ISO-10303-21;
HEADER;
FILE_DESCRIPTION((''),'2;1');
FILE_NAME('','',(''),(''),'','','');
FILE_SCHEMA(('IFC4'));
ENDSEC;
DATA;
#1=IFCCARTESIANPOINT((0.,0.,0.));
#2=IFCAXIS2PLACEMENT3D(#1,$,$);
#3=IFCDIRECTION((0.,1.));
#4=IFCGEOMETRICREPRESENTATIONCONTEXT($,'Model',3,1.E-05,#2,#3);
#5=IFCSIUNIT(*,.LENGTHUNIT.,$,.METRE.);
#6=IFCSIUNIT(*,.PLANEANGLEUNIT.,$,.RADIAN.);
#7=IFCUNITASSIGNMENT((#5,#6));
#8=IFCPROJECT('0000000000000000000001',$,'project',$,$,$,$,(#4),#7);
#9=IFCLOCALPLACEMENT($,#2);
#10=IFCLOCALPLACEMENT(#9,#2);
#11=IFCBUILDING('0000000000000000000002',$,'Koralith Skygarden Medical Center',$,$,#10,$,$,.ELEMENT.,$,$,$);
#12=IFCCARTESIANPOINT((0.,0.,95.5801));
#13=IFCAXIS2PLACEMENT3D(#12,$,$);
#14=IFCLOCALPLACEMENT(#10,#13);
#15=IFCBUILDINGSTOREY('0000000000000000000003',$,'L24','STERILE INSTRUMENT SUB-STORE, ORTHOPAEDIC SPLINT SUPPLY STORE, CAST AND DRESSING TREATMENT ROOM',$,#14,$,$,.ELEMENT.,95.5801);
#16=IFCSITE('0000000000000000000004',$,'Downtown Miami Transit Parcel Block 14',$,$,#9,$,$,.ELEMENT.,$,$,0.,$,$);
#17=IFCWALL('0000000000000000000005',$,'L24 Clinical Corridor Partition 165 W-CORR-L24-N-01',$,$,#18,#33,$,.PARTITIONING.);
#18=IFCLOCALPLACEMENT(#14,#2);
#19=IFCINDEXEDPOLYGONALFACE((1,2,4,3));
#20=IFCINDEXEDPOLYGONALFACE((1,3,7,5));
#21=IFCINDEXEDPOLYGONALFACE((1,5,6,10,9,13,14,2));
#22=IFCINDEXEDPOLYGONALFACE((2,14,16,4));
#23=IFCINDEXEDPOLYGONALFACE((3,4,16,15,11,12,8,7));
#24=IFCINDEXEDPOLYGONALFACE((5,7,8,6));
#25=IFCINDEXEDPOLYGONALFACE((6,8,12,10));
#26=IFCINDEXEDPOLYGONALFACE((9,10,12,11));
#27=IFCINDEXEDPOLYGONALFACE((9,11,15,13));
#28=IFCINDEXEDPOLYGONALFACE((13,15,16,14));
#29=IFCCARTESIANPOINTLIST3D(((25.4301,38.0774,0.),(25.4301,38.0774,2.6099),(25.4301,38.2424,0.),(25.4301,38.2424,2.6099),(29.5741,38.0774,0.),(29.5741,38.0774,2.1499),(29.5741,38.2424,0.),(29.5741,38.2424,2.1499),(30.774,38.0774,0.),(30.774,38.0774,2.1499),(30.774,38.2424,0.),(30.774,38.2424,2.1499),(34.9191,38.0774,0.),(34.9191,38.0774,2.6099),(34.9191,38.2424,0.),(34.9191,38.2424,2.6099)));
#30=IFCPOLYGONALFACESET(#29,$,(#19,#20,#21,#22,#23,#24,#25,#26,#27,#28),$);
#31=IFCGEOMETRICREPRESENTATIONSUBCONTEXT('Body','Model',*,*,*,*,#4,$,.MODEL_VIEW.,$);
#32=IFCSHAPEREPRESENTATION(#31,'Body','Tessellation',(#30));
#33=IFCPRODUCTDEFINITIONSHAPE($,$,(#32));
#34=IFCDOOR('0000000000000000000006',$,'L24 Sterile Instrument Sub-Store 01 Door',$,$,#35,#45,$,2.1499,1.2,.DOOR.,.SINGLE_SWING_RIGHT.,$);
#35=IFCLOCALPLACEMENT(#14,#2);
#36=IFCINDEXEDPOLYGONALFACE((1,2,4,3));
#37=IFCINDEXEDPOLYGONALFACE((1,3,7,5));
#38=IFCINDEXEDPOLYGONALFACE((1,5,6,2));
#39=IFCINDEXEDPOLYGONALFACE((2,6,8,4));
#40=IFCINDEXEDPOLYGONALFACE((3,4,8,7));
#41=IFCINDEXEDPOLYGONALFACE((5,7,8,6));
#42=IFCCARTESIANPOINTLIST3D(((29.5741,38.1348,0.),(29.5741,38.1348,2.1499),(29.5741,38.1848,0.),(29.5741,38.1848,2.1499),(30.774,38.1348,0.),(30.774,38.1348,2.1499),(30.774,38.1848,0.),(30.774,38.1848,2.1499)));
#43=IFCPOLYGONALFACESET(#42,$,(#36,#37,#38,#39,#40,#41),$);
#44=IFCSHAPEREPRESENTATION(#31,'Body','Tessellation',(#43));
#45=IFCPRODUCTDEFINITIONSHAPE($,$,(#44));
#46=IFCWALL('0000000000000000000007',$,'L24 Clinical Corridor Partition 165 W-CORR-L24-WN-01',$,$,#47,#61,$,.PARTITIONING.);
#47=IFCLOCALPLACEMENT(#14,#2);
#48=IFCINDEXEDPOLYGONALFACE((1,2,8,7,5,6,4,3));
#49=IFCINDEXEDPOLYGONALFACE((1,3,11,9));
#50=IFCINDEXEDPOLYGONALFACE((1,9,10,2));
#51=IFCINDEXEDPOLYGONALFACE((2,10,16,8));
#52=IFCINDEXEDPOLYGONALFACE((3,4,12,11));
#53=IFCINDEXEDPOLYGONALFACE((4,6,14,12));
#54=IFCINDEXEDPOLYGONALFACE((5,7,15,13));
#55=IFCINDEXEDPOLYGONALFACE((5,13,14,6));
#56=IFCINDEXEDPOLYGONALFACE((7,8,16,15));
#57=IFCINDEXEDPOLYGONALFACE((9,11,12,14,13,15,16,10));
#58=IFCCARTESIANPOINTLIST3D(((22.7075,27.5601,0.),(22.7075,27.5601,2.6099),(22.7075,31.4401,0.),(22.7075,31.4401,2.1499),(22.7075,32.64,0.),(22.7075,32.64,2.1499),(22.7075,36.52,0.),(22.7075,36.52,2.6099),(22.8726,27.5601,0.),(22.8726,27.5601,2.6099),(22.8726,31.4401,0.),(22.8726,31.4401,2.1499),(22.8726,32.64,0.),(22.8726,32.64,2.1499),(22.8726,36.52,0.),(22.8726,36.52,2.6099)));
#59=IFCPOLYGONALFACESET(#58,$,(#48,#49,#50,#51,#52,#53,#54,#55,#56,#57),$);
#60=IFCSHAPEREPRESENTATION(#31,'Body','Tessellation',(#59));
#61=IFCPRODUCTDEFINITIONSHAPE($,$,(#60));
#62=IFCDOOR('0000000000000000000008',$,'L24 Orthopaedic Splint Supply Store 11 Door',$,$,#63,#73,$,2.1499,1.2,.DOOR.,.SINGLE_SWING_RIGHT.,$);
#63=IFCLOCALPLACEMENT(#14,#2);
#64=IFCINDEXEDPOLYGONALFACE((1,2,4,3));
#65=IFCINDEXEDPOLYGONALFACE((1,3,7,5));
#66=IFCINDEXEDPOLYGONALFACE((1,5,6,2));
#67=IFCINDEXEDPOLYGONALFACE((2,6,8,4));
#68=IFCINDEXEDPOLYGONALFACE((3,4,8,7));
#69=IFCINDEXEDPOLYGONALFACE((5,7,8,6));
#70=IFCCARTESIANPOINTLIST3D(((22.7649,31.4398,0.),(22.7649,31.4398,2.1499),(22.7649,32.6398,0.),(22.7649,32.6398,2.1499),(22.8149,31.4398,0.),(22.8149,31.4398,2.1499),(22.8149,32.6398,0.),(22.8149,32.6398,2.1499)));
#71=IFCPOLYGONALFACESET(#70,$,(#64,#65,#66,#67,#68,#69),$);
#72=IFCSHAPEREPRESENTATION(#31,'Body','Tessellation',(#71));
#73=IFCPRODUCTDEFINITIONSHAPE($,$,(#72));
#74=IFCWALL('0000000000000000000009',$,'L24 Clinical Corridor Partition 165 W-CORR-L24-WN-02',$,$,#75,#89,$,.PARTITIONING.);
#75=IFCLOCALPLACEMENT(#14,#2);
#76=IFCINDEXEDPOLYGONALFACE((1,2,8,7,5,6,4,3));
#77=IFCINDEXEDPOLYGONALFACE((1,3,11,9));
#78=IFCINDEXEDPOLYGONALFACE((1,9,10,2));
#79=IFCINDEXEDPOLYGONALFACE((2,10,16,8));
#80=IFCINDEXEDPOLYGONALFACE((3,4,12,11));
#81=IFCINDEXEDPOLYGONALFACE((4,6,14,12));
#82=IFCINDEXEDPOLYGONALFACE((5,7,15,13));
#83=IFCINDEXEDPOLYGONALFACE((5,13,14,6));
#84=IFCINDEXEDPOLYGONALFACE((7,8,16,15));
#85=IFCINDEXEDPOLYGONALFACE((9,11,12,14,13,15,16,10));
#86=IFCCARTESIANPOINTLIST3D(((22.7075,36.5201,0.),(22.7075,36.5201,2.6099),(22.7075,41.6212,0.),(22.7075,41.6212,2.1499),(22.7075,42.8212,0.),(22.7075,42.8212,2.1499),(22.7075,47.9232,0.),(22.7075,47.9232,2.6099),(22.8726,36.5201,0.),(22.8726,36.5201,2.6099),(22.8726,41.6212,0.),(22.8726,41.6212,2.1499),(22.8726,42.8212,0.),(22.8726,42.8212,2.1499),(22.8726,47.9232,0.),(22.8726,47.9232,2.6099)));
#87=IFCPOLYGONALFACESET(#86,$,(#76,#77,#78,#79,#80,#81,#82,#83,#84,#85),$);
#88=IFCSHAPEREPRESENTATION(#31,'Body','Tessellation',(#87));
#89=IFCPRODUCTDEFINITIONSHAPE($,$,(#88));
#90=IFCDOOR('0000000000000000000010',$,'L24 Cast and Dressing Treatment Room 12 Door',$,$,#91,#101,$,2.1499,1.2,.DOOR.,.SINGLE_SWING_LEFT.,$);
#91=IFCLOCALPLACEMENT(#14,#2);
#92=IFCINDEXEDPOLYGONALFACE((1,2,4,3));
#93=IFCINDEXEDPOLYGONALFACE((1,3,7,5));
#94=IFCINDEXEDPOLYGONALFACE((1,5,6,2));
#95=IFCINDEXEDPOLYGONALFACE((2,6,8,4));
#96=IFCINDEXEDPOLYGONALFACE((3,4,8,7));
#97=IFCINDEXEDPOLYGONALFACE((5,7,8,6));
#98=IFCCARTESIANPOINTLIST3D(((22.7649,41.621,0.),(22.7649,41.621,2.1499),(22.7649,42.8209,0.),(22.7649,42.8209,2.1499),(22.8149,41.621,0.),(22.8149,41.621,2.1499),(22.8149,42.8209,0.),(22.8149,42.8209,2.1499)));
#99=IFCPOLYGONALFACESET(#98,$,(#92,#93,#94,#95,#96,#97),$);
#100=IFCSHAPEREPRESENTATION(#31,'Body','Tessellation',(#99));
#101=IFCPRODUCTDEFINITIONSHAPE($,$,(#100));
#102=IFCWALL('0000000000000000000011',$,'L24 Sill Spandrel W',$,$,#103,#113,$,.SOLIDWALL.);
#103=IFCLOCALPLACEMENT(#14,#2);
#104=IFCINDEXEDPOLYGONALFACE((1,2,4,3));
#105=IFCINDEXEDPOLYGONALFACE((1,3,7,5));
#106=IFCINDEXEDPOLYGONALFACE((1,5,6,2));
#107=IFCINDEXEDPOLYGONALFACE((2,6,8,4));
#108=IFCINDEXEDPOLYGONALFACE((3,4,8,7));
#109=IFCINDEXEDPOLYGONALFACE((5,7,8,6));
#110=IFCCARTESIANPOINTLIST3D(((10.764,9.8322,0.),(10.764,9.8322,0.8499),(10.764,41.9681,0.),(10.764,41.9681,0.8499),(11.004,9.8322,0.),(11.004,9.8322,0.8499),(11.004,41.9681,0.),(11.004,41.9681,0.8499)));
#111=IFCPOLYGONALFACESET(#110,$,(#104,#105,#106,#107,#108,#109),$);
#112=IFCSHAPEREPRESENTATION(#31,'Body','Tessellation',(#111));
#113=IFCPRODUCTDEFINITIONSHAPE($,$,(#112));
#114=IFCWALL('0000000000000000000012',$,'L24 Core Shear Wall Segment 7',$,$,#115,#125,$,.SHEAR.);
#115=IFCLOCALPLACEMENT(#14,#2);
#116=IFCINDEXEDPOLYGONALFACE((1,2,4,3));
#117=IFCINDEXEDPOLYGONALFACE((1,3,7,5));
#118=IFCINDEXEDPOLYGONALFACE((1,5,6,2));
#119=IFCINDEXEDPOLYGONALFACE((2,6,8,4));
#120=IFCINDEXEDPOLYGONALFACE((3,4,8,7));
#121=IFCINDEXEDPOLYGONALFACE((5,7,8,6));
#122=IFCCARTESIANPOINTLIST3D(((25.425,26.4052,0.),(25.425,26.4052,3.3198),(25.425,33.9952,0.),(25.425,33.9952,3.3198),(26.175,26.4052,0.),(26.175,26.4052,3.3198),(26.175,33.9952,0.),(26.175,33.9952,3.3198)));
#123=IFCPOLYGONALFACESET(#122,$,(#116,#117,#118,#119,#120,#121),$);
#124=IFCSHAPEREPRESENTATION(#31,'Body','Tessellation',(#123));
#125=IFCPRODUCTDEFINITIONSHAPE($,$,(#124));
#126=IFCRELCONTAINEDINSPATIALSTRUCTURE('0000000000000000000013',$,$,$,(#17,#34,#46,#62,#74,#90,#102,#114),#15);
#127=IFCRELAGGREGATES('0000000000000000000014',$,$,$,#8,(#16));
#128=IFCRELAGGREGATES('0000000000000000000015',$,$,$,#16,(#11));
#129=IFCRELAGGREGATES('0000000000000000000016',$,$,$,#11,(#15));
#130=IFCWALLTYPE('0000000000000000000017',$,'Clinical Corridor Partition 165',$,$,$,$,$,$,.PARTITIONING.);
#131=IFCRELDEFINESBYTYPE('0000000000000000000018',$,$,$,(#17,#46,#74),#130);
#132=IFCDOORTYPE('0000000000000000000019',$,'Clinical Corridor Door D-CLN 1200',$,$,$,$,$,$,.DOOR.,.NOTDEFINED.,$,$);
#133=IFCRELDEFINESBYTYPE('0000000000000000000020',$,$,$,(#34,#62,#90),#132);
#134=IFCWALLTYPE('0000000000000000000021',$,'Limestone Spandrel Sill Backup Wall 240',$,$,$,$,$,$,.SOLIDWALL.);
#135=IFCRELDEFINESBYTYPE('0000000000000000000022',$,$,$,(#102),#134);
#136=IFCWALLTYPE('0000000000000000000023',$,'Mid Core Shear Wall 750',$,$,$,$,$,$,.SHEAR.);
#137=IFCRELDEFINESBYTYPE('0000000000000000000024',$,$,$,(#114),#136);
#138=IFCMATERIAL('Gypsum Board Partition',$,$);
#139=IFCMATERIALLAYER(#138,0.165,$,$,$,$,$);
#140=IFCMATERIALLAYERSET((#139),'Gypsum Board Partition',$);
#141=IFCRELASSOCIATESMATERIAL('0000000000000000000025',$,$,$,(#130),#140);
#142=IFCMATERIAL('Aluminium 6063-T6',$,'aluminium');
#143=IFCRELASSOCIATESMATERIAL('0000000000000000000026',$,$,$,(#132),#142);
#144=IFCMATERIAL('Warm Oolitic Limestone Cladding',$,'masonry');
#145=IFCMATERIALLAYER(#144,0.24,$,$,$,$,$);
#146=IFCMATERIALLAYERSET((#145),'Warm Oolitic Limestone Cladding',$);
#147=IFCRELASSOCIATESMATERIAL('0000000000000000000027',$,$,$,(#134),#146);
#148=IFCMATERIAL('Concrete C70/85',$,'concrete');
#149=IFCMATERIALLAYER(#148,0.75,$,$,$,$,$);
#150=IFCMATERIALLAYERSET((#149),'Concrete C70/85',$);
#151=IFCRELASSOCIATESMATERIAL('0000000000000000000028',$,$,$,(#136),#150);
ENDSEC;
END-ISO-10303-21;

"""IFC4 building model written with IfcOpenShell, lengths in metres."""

from ifc_helpers import new_model, si_unit, direction, frame, frame_2d, origin, place, context, subcontext, project, spatial, rectangle, extrude, material, layer, layer_set, type_object, element, fill, save


model = new_model("IFC4")

# Units and contexts
model_context = context("Model", 3, precision=1e-05, world=origin(), true_north=direction((0.0, 1.0)))
body_context = subcontext(model_context, "Body", "Model", "MODEL_VIEW")
ifc_project = project(units=[si_unit("LENGTHUNIT", "METRE"), si_unit("PLANEANGLEUNIT", "RADIAN")], contexts=[model_context])

# Site, building, storey
site_placement = place(None, origin())
site = spatial("IfcSite", under=ifc_project, at=site_placement, Name="Downtown Miami Transit Parcel Block 14", CompositionType="ELEMENT", RefElevation=0.0)
building_placement = place(site_placement, origin())
building = spatial("IfcBuilding", under=site, at=building_placement, Name="Koralith Skygarden Medical Center", CompositionType="ELEMENT")
storey_placement = place(building_placement, frame((0.0, 0.0, 95.5801)))
storey = spatial("IfcBuildingStorey", under=building, at=storey_placement, Name="L24", Description="STERILE INSTRUMENT SUB-STORE, ORTHOPAEDIC SPLINT SUPPLY STORE, CAST AND DRESSING TREATMENT ROOM", CompositionType="ELEMENT", Elevation=95.5801)

# Shared definitions
ifc_material_1 = material(Name="Concrete C70/85", Category="concrete")

# Shared definitions
ifc_material_2 = material(Name="Aluminium 6063-T6", Category="aluminium")

# Shared definitions
ifc_material_3 = material(Name="Gypsum Board Partition")
ifc_layer_1 = layer(ifc_material_3, 0.165)
ifc_layer_set_1 = layer_set([ifc_layer_1], Name="Gypsum Board Partition")
wall_type_1 = type_object("IfcWallType", Name="Clinical Corridor Partition 165", PredefinedType="PARTITIONING", material=ifc_layer_set_1)

# Walls, openings, doors
wall_1_placement = place(storey_placement, frame((25.4299, 38.1599, 0.0), z_axis=(0.0, 0.0, 1.0), x_axis=(1.0, 0.0, 0.0)))
wall_1 = element("IfcWall", 1, at=wall_1_placement, inside=storey, type_object=wall_type_1, Name="L24 Clinical Corridor Partition 165 W-CORR-L24-N-01", PredefinedType="PARTITIONING", context=body_context, shape_type="SweptSolid", body=[
    extrude(rectangle(XDim=9.489, YDim=0.165, at=frame_2d((4.7446, 0.0))), origin(), (0.0, 0.0, 1.0), 2.6099),
])
opening_1_placement = place(wall_1_placement, frame((4.144, 0.0, 0.0)))
opening_1 = element("IfcOpeningElement", 2, at=opening_1_placement, cuts=wall_1, PredefinedType="OPENING", context=body_context, shape_type="SweptSolid", body=[
    extrude(rectangle(XDim=1.2, YDim=2.1499, at=frame_2d((0.6001, 1.075))), frame((0.0, 0.0925, 0.0), z_axis=(0.0, -1.0, 0.0), x_axis=(1.0, 0.0, 0.0)), (0.0, 0.0, 1.0), 0.1851),
])
door_type = type_object("IfcDoorType", Name="Clinical Corridor Door D-CLN 1200", OperationType="NOTDEFINED", PredefinedType="DOOR", material=ifc_material_2)
door_1_placement = place(opening_1_placement, origin())
door_1 = element("IfcDoor", 3, at=door_1_placement, inside=storey, type_object=door_type, Name="L24 Sterile Instrument Sub-Store 01 Door", OperationType="SINGLE_SWING_RIGHT", OverallHeight=2.1499, OverallWidth=1.2, PredefinedType="DOOR", context=body_context, shape_type="SweptSolid", body=[
    extrude(rectangle(XDim=1.2, YDim=2.1499, at=frame_2d((0.6001, 1.075))), frame((0.0, 0.0249, 0.0), z_axis=(0.0, -1.0, 0.0), x_axis=(1.0, 0.0, 0.0)), (0.0, 0.0, 1.0), 0.05),
])
fill(opening_1, door_1)
wall_2_placement = place(storey_placement, frame((22.79, 27.5601, 0.0), z_axis=(0.0, 0.0, 1.0), x_axis=(0.0, 1.0, 0.0)))
wall_2 = element("IfcWall", 4, at=wall_2_placement, inside=storey, type_object=wall_type_1, Name="L24 Clinical Corridor Partition 165 W-CORR-L24-WN-01", PredefinedType="PARTITIONING", context=body_context, shape_type="SweptSolid", body=[
    extrude(rectangle(XDim=8.96, YDim=0.165, at=frame_2d((4.48, 0.0))), origin(), (0.0, 0.0, 1.0), 2.6099),
])
opening_2_placement = place(wall_2_placement, frame((3.8799, 0.0, 0.0)))
opening_2 = element("IfcOpeningElement", 5, at=opening_2_placement, cuts=wall_2, PredefinedType="OPENING", context=body_context, shape_type="SweptSolid", body=[
    extrude(rectangle(XDim=1.2, YDim=2.1499, at=frame_2d((0.6001, 1.075))), frame((0.0, 0.0925, 0.0), z_axis=(0.0, -1.0, 0.0), x_axis=(1.0, 0.0, 0.0)), (0.0, 0.0, 1.0), 0.1851),
])
door_2_placement = place(opening_2_placement, frame((1.2, 0.0, 0.0), z_axis=(0.0, 0.0, 1.0), x_axis=(-1.0, 0.0, 0.0)))
door_2 = element("IfcDoor", 6, at=door_2_placement, inside=storey, type_object=door_type, Name="L24 Orthopaedic Splint Supply Store 11 Door", OperationType="SINGLE_SWING_RIGHT", OverallHeight=2.1499, OverallWidth=1.2, PredefinedType="DOOR", context=body_context, shape_type="SweptSolid", body=[
    extrude(rectangle(XDim=1.2, YDim=2.1499, at=frame_2d((0.6001, 1.075))), frame((0.0, 0.0249, 0.0), z_axis=(0.0, -1.0, 0.0), x_axis=(1.0, 0.0, 0.0)), (0.0, 0.0, 1.0), 0.05),
])
fill(opening_2, door_2)
wall_3_placement = place(storey_placement, frame((22.79, 36.52, 0.0), z_axis=(0.0, 0.0, 1.0), x_axis=(0.0, 1.0, 0.0)))
wall_3 = element("IfcWall", 7, at=wall_3_placement, inside=storey, type_object=wall_type_1, Name="L24 Clinical Corridor Partition 165 W-CORR-L24-WN-02", PredefinedType="PARTITIONING", context=body_context, shape_type="SweptSolid", body=[
    extrude(rectangle(XDim=11.4031, YDim=0.165, at=frame_2d((5.7017, 0.0))), origin(), (0.0, 0.0, 1.0), 2.6099),
])
opening_3_placement = place(wall_3_placement, frame((5.1011, 0.0, 0.0)))
opening_3 = element("IfcOpeningElement", 8, at=opening_3_placement, cuts=wall_3, PredefinedType="OPENING", context=body_context, shape_type="SweptSolid", body=[
    extrude(rectangle(XDim=1.2, YDim=2.1499, at=frame_2d((0.6001, 1.075))), frame((0.0, 0.0925, 0.0), z_axis=(0.0, -1.0, 0.0), x_axis=(1.0, 0.0, 0.0)), (0.0, 0.0, 1.0), 0.1851),
])
door_3_placement = place(opening_3_placement, frame((1.2, 0.0, 0.0), z_axis=(0.0, 0.0, 1.0), x_axis=(-1.0, 0.0, 0.0)))
door_3 = element("IfcDoor", 9, at=door_3_placement, inside=storey, type_object=door_type, Name="L24 Cast and Dressing Treatment Room 12 Door", OperationType="SINGLE_SWING_LEFT", OverallHeight=2.1499, OverallWidth=1.2, PredefinedType="DOOR", context=body_context, shape_type="SweptSolid", body=[
    extrude(rectangle(XDim=1.2, YDim=2.1499, at=frame_2d((0.6001, 1.075))), frame((0.0, 0.0249, 0.0), z_axis=(0.0, -1.0, 0.0), x_axis=(1.0, 0.0, 0.0)), (0.0, 0.0, 1.0), 0.05),
])
fill(opening_3, door_3)

# Walls
ifc_material_4 = material(Name="Warm Oolitic Limestone Cladding", Category="masonry")
ifc_layer_2 = layer(ifc_material_4, 0.24)
ifc_layer_set_2 = layer_set([ifc_layer_2], Name="Warm Oolitic Limestone Cladding")
wall_type_2 = type_object("IfcWallType", Name="Limestone Spandrel Sill Backup Wall 240", PredefinedType="SOLIDWALL", material=ifc_layer_set_2)
wall_4_placement = place(storey_placement, frame((10.884, 41.968, 0.0), z_axis=(0.0, 0.0, 1.0), x_axis=(0.0, -1.0, 0.0)))
element("IfcWall", 10, at=wall_4_placement, inside=storey, type_object=wall_type_2, Name="L24 Sill Spandrel W", PredefinedType="SOLIDWALL", context=body_context, shape_type="SweptSolid", body=[
    extrude(rectangle(XDim=32.136, YDim=0.24, at=frame_2d((16.0679, 0.0))), origin(), (0.0, 0.0, 1.0), 0.8499),
])
ifc_layer_3 = layer(ifc_material_1, 0.75)
ifc_layer_set_3 = layer_set([ifc_layer_3], Name="Concrete C70/85")
wall_type_3 = type_object("IfcWallType", Name="Mid Core Shear Wall 750", PredefinedType="SHEAR", material=ifc_layer_set_3)
wall_5_placement = place(storey_placement, frame((25.8, 33.9951, 0.0), z_axis=(0.0, 0.0, 1.0), x_axis=(0.0, -1.0, 0.0)))
element("IfcWall", 11, at=wall_5_placement, inside=storey, type_object=wall_type_3, Name="L24 Core Shear Wall Segment 7", PredefinedType="SHEAR", context=body_context, shape_type="SweptSolid", body=[
    extrude(rectangle(XDim=7.5901, YDim=0.75, at=frame_2d((3.7949, 0.0))), origin(), (0.0, 0.0, 1.0), 3.3198),
])

save(model, "model.ifc")
